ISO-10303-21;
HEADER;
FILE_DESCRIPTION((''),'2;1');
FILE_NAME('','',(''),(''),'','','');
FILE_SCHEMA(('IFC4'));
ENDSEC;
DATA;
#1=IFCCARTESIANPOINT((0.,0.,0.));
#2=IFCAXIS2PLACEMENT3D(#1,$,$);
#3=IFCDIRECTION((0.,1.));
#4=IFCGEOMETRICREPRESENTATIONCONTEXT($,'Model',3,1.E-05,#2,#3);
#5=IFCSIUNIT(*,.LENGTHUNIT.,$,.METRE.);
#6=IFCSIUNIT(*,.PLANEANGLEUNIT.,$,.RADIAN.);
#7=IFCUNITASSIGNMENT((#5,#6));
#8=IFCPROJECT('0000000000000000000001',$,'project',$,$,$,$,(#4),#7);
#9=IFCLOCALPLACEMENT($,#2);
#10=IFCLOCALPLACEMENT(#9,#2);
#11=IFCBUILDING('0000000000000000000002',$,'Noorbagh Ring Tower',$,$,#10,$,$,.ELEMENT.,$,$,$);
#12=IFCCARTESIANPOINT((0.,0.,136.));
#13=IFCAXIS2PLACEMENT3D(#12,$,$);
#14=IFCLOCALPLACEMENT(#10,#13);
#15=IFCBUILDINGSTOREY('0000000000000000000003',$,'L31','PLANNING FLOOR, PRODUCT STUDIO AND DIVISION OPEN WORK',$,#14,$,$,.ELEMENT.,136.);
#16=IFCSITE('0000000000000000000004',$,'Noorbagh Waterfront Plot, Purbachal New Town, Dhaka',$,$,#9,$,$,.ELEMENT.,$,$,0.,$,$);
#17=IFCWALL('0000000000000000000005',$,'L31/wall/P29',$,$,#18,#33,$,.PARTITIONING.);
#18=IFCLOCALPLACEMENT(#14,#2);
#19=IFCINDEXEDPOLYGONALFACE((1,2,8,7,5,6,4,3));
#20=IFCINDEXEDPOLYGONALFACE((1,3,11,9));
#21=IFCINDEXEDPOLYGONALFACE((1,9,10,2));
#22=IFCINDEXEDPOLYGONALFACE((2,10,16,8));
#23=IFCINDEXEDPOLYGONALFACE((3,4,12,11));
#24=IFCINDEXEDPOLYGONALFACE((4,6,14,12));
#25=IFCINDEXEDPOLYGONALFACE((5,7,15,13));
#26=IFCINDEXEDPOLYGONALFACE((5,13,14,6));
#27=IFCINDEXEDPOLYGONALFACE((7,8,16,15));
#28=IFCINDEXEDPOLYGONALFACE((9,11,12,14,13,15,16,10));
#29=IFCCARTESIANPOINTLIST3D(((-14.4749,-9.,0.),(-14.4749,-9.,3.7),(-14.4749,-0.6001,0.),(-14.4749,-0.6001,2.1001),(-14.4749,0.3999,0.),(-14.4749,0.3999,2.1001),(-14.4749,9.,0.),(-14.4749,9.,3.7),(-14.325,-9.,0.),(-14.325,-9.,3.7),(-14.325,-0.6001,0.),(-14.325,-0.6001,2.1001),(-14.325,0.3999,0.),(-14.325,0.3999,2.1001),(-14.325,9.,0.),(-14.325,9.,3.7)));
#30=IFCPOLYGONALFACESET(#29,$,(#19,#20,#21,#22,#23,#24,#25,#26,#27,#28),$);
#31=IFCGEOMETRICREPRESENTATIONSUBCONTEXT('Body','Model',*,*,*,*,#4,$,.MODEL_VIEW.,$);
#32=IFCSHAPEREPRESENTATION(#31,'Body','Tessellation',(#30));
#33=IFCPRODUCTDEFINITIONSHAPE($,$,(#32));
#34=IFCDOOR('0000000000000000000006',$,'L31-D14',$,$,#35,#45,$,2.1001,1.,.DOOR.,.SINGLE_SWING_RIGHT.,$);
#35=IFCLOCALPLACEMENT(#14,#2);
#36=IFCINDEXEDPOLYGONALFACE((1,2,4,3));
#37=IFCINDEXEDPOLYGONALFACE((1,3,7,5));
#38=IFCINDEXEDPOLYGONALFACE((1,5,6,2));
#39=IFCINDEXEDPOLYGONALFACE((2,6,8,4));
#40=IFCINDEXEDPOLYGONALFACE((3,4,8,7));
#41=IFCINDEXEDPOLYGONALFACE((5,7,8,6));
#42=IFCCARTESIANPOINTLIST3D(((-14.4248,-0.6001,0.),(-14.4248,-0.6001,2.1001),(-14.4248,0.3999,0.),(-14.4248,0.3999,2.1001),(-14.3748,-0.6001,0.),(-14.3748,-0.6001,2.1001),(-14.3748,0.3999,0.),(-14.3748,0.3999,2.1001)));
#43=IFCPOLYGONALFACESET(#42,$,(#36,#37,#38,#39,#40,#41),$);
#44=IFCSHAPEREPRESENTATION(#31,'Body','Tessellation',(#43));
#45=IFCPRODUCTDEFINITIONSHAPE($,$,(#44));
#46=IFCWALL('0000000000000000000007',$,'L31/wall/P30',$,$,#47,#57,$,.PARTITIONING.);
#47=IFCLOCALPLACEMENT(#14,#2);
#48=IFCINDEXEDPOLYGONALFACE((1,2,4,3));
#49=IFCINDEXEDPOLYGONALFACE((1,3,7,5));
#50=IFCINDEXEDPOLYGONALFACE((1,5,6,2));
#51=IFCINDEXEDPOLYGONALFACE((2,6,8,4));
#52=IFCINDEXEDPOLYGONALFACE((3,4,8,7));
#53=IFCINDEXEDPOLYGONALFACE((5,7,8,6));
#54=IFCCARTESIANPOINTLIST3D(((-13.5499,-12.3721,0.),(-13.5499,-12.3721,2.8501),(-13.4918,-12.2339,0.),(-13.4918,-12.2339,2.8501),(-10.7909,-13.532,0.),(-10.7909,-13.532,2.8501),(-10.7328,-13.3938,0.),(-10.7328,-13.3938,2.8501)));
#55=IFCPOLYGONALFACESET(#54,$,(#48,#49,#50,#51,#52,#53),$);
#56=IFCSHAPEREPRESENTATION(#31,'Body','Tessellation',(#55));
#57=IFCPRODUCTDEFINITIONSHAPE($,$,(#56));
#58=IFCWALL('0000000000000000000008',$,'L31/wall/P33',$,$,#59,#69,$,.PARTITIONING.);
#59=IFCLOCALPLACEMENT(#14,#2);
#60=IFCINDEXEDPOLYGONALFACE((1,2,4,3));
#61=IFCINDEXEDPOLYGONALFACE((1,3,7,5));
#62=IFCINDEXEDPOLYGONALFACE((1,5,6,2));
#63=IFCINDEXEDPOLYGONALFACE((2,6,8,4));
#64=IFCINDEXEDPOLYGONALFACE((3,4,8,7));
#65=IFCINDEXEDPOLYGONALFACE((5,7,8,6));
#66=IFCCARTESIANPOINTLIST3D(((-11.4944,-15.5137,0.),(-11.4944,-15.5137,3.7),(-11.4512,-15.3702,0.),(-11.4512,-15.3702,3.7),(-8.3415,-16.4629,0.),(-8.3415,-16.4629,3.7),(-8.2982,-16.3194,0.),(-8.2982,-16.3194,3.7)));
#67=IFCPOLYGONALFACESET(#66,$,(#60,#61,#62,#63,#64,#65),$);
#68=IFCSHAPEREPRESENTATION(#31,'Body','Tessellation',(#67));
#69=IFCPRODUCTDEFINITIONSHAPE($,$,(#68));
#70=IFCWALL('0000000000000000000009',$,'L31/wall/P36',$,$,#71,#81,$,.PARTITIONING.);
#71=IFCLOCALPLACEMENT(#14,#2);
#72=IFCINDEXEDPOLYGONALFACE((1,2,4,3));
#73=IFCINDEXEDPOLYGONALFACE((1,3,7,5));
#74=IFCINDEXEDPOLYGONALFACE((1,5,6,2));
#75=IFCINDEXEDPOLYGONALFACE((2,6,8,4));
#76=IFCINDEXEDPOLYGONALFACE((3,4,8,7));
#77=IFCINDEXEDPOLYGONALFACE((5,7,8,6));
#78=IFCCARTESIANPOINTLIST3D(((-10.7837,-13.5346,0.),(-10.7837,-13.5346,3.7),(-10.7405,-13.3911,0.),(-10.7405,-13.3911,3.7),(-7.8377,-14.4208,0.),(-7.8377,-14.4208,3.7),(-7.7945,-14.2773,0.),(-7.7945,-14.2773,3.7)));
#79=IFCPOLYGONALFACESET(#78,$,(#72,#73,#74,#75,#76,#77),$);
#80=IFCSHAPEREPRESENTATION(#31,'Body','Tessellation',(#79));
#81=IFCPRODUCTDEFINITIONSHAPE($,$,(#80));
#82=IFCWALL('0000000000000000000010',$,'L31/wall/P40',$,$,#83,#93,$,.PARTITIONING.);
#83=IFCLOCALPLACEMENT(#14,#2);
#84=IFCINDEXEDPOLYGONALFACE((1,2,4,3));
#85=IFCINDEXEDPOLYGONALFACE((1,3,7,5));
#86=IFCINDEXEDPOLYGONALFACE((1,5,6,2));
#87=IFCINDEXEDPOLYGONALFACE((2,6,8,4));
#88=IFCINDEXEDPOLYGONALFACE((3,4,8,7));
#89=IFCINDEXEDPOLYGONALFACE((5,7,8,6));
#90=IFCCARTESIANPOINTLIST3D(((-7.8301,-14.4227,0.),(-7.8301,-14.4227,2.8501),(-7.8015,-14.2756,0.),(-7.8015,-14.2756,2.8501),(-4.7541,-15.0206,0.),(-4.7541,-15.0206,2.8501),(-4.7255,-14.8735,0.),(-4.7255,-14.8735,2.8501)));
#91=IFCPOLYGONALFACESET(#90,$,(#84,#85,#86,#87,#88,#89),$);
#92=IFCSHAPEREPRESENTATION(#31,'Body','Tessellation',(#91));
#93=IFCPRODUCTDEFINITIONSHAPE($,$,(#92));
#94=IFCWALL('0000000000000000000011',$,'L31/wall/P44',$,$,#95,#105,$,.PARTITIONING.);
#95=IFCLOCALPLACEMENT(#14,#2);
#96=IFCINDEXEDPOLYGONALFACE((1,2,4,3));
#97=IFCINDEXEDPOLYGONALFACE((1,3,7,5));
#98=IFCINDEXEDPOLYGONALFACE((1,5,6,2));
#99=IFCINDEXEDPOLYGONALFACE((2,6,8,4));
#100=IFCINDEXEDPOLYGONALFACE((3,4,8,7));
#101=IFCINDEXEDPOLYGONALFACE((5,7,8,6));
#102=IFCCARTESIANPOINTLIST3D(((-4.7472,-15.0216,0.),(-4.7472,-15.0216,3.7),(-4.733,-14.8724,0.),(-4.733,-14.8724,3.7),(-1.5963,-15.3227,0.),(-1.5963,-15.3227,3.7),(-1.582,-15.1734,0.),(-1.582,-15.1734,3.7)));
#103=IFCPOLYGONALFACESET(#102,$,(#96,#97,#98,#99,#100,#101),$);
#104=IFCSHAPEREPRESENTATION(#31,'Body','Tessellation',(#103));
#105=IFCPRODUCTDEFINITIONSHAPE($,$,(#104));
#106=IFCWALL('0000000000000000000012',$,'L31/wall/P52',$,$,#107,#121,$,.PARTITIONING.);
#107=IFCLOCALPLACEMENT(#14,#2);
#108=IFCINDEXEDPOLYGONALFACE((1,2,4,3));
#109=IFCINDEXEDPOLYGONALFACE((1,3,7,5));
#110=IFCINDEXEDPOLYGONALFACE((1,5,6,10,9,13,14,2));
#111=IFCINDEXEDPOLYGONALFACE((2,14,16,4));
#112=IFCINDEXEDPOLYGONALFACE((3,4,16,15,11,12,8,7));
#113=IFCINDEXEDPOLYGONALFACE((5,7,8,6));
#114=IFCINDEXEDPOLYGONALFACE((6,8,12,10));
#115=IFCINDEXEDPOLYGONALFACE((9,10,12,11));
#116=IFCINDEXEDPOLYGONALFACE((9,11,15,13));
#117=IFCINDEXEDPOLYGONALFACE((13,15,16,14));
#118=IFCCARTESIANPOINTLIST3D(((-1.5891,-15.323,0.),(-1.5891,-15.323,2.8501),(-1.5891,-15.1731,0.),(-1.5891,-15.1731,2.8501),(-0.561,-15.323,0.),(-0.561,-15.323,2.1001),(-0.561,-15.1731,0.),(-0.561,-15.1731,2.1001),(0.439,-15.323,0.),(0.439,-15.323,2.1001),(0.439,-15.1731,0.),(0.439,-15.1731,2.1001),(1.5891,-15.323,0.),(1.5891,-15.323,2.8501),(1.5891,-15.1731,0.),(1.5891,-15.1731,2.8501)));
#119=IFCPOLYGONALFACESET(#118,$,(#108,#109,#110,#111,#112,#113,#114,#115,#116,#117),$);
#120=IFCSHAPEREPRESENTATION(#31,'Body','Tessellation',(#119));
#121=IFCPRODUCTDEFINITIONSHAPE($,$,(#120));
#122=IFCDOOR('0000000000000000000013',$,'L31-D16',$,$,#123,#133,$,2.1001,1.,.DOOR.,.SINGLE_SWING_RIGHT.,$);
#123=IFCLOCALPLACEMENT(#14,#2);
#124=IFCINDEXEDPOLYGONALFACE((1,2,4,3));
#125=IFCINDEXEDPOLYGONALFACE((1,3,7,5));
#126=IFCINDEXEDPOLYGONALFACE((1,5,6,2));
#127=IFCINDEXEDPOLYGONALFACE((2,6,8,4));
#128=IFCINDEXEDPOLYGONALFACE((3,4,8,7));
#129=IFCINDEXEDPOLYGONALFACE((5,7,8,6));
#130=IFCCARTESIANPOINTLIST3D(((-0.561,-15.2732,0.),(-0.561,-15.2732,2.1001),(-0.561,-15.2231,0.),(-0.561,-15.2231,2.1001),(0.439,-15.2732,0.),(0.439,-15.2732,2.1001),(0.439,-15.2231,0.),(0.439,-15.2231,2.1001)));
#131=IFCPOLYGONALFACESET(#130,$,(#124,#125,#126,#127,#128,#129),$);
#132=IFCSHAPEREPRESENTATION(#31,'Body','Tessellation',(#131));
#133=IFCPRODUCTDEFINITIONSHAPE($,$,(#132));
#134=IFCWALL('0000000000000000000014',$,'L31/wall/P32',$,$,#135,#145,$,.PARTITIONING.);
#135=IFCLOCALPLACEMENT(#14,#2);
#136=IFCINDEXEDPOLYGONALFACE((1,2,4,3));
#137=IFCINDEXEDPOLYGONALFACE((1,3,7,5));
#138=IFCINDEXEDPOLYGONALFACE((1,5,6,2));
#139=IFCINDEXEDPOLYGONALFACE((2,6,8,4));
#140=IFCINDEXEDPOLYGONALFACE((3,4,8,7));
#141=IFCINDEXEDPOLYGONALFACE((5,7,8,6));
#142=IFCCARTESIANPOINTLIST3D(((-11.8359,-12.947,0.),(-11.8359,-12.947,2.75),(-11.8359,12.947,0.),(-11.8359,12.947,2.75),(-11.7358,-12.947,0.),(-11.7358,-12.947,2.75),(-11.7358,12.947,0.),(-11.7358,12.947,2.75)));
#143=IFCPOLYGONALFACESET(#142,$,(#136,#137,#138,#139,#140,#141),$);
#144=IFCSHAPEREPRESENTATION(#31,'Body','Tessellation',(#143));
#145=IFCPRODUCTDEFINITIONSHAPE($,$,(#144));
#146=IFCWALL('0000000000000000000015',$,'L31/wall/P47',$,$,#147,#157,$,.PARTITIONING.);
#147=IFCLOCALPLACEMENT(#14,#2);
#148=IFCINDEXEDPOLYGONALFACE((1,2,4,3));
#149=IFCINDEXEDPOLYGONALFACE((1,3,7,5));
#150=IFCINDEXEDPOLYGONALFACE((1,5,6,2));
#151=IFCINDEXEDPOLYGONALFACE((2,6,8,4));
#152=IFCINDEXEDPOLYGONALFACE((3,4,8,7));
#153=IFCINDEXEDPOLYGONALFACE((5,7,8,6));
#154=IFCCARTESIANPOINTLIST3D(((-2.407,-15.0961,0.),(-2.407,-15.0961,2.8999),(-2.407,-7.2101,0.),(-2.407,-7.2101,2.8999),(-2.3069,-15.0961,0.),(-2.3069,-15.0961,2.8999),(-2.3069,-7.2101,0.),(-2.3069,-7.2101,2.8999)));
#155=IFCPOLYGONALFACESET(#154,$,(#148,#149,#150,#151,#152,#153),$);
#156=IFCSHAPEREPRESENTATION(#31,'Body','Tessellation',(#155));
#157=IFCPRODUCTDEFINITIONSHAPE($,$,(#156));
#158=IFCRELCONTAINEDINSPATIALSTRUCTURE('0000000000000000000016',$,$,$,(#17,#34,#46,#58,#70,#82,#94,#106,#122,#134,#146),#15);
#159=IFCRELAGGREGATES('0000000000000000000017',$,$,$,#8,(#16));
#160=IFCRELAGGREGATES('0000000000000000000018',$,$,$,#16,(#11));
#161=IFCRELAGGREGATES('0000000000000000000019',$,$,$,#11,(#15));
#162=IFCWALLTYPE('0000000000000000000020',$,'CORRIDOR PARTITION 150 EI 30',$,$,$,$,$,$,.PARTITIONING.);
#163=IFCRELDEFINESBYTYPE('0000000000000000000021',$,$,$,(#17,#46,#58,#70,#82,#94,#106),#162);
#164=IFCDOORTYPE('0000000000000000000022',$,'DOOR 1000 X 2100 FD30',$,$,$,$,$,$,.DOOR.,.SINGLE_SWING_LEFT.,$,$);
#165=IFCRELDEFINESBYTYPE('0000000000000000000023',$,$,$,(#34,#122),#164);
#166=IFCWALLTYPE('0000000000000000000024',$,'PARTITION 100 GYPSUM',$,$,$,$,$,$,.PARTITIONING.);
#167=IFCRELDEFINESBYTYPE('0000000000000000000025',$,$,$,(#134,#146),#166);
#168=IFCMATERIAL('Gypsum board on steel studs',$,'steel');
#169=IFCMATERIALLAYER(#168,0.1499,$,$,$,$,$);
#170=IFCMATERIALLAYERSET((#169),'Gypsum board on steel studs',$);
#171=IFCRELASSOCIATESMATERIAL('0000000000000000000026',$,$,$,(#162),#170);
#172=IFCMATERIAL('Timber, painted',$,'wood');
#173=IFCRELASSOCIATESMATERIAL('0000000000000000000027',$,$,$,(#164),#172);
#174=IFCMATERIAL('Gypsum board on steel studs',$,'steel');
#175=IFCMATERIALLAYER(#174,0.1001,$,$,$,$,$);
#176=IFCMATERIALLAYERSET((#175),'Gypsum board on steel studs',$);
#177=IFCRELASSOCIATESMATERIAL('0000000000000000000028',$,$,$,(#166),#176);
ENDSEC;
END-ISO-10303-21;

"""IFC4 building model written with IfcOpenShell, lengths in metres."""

from ifc_helpers import new_model, si_unit, direction, frame, frame_2d, origin, place, context, subcontext, project, spatial, rectangle, extrude, material, layer, layer_set, type_object, element, fill, save


model = new_model("IFC4")

# Units and contexts
model_context = context("Model", 3, precision=1e-05, world=origin(), true_north=direction((0.0, 1.0)))
body_context = subcontext(model_context, "Body", "Model", "MODEL_VIEW")
ifc_project = project(units=[si_unit("LENGTHUNIT", "METRE"), si_unit("PLANEANGLEUNIT", "RADIAN")], contexts=[model_context])

# Site, building, storey
site_placement = place(None, origin())
site = spatial("IfcSite", under=ifc_project, at=site_placement, Name="Noorbagh Waterfront Plot, Purbachal New Town, Dhaka", CompositionType="ELEMENT", RefElevation=0.0)
building_placement = place(site_placement, origin())
building = spatial("IfcBuilding", under=site, at=building_placement, Name="Noorbagh Ring Tower", CompositionType="ELEMENT")
storey_placement = place(building_placement, frame((0.0, 0.0, 136.0)))
storey = spatial("IfcBuildingStorey", under=building, at=storey_placement, Name="L31", Description="PLANNING FLOOR, PRODUCT STUDIO AND DIVISION OPEN WORK", CompositionType="ELEMENT", Elevation=136.0)

# Shared definitions
ifc_material_1 = material(Name="Gypsum board on steel studs", Category="steel")
ifc_layer_1 = layer(ifc_material_1, 0.1499)
ifc_layer_set_1 = layer_set([ifc_layer_1], Name="Gypsum board on steel studs")
wall_type_1 = type_object("IfcWallType", Name="CORRIDOR PARTITION 150 EI 30", PredefinedType="PARTITIONING", material=ifc_layer_set_1)

# Wall, opening, door
wall_1_placement = place(storey_placement, frame((-14.3999, -9.0, 0.0), z_axis=(0.0, 0.0, 1.0), x_axis=(0.0, 1.0, 0.0)))
wall_1 = element("IfcWall", 1, at=wall_1_placement, inside=storey, type_object=wall_type_1, Name="L31/wall/P29", PredefinedType="PARTITIONING", context=body_context, shape_type="SweptSolid", body=[
    extrude(rectangle(XDim=18.0, YDim=0.1499, at=frame_2d((9.0, 0.0))), origin(), (0.0, 0.0, 1.0), 3.7),
])
opening_1_placement = place(wall_1_placement, frame((8.3999, 0.0, 0.0)))
opening_1 = element("IfcOpeningElement", 2, at=opening_1_placement, cuts=wall_1, PredefinedType="OPENING", context=body_context, shape_type="SweptSolid", body=[
    extrude(rectangle(XDim=1.0, YDim=2.1001, at=frame_2d((0.5, 1.05))), frame((0.0, 0.085, 0.0), z_axis=(0.0, -1.0, 0.0), x_axis=(1.0, 0.0, 0.0)), (0.0, 0.0, 1.0), 0.1699),
])
ifc_material_2 = material(Name="Timber, painted", Category="wood")
door_type_1 = type_object("IfcDoorType", Name="DOOR 1000 X 2100 FD30", OperationType="SINGLE_SWING_LEFT", PredefinedType="DOOR", material=ifc_material_2)
door_1_placement = place(opening_1_placement, origin())
door_1 = element("IfcDoor", 3, at=door_1_placement, inside=storey, type_object=door_type_1, Name="L31-D14", OperationType="SINGLE_SWING_RIGHT", OverallHeight=2.1001, OverallWidth=1.0, PredefinedType="DOOR", context=body_context, shape_type="SweptSolid", body=[
    extrude(rectangle(XDim=1.0, YDim=2.1001, at=frame_2d((0.5, 1.05))), frame((0.0, 0.0249, 0.0), z_axis=(0.0, -1.0, 0.0), x_axis=(1.0, 0.0, 0.0)), (0.0, 0.0, 1.0), 0.05),
])
fill(opening_1, door_1)

# Walls
wall_2_placement = place(storey_placement, frame((-13.521, -12.303, 0.0), z_axis=(0.0, 0.0, 1.0), x_axis=(0.921849, -0.38755, 0.0)))
element("IfcWall", 4, at=wall_2_placement, inside=storey, type_object=wall_type_1, Name="L31/wall/P30", PredefinedType="PARTITIONING", context=body_context, shape_type="SweptSolid", body=[
    extrude(rectangle(XDim=2.9929, YDim=0.1499, at=frame_2d((1.4966, 0.0))), origin(), (0.0, 0.0, 1.0), 2.8501),
])
wall_3_placement = place(storey_placement, frame((-11.4729, -15.4419, 0.0), z_axis=(0.0, 0.0, 1.0), x_axis=(0.957544, -0.288286, 0.0)))
element("IfcWall", 5, at=wall_3_placement, inside=storey, type_object=wall_type_1, Name="L31/wall/P33", PredefinedType="PARTITIONING", context=body_context, shape_type="SweptSolid", body=[
    extrude(rectangle(XDim=3.2927, YDim=0.1499, at=frame_2d((1.6465, 0.0))), origin(), (0.0, 0.0, 1.0), 3.7),
])
wall_4_placement = place(storey_placement, frame((-10.762, -13.4629, 0.0), z_axis=(0.0, 0.0, 1.0), x_axis=(0.95761, -0.288069, 0.0)))
element("IfcWall", 6, at=wall_4_placement, inside=storey, type_object=wall_type_1, Name="L31/wall/P36", PredefinedType="PARTITIONING", context=body_context, shape_type="SweptSolid", body=[
    extrude(rectangle(XDim=3.0764, YDim=0.1499, at=frame_2d((1.5381, 0.0))), origin(), (0.0, 0.0, 1.0), 3.7),
])
wall_5_placement = place(storey_placement, frame((-7.8159, -14.3491, 0.0), z_axis=(0.0, 0.0, 1.0), x_axis=(0.981627, -0.190809, 0.0)))
element("IfcWall", 7, at=wall_5_placement, inside=storey, type_object=wall_type_1, Name="L31/wall/P40", PredefinedType="PARTITIONING", context=body_context, shape_type="SweptSolid", body=[
    extrude(rectangle(XDim=3.1335, YDim=0.1499, at=frame_2d((1.5669, 0.0))), origin(), (0.0, 0.0, 1.0), 2.8501),
])
wall_6_placement = place(storey_placement, frame((-4.74, -14.947, 0.0), z_axis=(0.0, 0.0, 1.0), x_axis=(0.995467, -0.095104, 0.0)))
element("IfcWall", 8, at=wall_6_placement, inside=storey, type_object=wall_type_1, Name="L31/wall/P44", PredefinedType="PARTITIONING", context=body_context, shape_type="SweptSolid", body=[
    extrude(rectangle(XDim=3.1653, YDim=0.1499, at=frame_2d((1.5825, 0.0))), origin(), (0.0, 0.0, 1.0), 3.7),
])

# Wall, opening, door
wall_7_placement = place(storey_placement, frame((-1.5891, -15.248, 0.0), z_axis=(0.0, 0.0, 1.0), x_axis=(1.0, 0.0, 0.0)))
wall_7 = element("IfcWall", 9, at=wall_7_placement, inside=storey, type_object=wall_type_1, Name="L31/wall/P52", PredefinedType="PARTITIONING", context=body_context, shape_type="SweptSolid", body=[
    extrude(rectangle(XDim=3.1782, YDim=0.1499, at=frame_2d((1.5891, 0.0))), origin(), (0.0, 0.0, 1.0), 2.8501),
])
opening_2_placement = place(wall_7_placement, frame((1.0281, 0.0, 0.0)))
opening_2 = element("IfcOpeningElement", 10, at=opening_2_placement, cuts=wall_7, PredefinedType="OPENING", context=body_context, shape_type="SweptSolid", body=[
    extrude(rectangle(XDim=1.0, YDim=2.1001, at=frame_2d((0.5, 1.05))), frame((0.0, 0.085, 0.0), z_axis=(0.0, -1.0, 0.0), x_axis=(1.0, 0.0, 0.0)), (0.0, 0.0, 1.0), 0.1699),
])
door_2_placement = place(opening_2_placement, origin())
door_2 = element("IfcDoor", 11, at=door_2_placement, inside=storey, type_object=door_type_1, Name="L31-D16", OperationType="SINGLE_SWING_RIGHT", OverallHeight=2.1001, OverallWidth=1.0, PredefinedType="DOOR", context=body_context, shape_type="SweptSolid", body=[
    extrude(rectangle(XDim=1.0, YDim=2.1001, at=frame_2d((0.5, 1.05))), frame((0.0, 0.0249, 0.0), z_axis=(0.0, -1.0, 0.0), x_axis=(1.0, 0.0, 0.0)), (0.0, 0.0, 1.0), 0.05),
])
fill(opening_2, door_2)

# Walls
ifc_material_3 = material(Name="Gypsum board on steel studs", Category="steel")
ifc_layer_2 = layer(ifc_material_3, 0.1001)
ifc_layer_set_2 = layer_set([ifc_layer_2], Name="Gypsum board on steel studs")
wall_type_2 = type_object("IfcWallType", Name="PARTITION 100 GYPSUM", PredefinedType="PARTITIONING", material=ifc_layer_set_2)
wall_8_placement = place(storey_placement, frame((-11.7859, -12.947, 0.0), z_axis=(0.0, 0.0, 1.0), x_axis=(0.0, 1.0, 0.0)))
element("IfcWall", 12, at=wall_8_placement, inside=storey, type_object=wall_type_2, Name="L31/wall/P32", PredefinedType="PARTITIONING", context=body_context, shape_type="SweptSolid", body=[
    extrude(rectangle(XDim=25.894, YDim=0.1001, at=frame_2d((12.947, 0.0))), origin(), (0.0, 0.0, 1.0), 2.75),
])
wall_9_placement = place(storey_placement, frame((-2.3569, -15.0959, 0.0), z_axis=(0.0, 0.0, 1.0), x_axis=(0.0, 1.0, 0.0)))
element("IfcWall", 13, at=wall_9_placement, inside=storey, type_object=wall_type_2, Name="L31/wall/P47", PredefinedType="PARTITIONING", context=body_context, shape_type="SweptSolid", body=[
    extrude(rectangle(XDim=7.886, YDim=0.1001, at=frame_2d((3.9429, 0.0))), origin(), (0.0, 0.0, 1.0), 2.8999),
])

save(model, "model.ifc")
